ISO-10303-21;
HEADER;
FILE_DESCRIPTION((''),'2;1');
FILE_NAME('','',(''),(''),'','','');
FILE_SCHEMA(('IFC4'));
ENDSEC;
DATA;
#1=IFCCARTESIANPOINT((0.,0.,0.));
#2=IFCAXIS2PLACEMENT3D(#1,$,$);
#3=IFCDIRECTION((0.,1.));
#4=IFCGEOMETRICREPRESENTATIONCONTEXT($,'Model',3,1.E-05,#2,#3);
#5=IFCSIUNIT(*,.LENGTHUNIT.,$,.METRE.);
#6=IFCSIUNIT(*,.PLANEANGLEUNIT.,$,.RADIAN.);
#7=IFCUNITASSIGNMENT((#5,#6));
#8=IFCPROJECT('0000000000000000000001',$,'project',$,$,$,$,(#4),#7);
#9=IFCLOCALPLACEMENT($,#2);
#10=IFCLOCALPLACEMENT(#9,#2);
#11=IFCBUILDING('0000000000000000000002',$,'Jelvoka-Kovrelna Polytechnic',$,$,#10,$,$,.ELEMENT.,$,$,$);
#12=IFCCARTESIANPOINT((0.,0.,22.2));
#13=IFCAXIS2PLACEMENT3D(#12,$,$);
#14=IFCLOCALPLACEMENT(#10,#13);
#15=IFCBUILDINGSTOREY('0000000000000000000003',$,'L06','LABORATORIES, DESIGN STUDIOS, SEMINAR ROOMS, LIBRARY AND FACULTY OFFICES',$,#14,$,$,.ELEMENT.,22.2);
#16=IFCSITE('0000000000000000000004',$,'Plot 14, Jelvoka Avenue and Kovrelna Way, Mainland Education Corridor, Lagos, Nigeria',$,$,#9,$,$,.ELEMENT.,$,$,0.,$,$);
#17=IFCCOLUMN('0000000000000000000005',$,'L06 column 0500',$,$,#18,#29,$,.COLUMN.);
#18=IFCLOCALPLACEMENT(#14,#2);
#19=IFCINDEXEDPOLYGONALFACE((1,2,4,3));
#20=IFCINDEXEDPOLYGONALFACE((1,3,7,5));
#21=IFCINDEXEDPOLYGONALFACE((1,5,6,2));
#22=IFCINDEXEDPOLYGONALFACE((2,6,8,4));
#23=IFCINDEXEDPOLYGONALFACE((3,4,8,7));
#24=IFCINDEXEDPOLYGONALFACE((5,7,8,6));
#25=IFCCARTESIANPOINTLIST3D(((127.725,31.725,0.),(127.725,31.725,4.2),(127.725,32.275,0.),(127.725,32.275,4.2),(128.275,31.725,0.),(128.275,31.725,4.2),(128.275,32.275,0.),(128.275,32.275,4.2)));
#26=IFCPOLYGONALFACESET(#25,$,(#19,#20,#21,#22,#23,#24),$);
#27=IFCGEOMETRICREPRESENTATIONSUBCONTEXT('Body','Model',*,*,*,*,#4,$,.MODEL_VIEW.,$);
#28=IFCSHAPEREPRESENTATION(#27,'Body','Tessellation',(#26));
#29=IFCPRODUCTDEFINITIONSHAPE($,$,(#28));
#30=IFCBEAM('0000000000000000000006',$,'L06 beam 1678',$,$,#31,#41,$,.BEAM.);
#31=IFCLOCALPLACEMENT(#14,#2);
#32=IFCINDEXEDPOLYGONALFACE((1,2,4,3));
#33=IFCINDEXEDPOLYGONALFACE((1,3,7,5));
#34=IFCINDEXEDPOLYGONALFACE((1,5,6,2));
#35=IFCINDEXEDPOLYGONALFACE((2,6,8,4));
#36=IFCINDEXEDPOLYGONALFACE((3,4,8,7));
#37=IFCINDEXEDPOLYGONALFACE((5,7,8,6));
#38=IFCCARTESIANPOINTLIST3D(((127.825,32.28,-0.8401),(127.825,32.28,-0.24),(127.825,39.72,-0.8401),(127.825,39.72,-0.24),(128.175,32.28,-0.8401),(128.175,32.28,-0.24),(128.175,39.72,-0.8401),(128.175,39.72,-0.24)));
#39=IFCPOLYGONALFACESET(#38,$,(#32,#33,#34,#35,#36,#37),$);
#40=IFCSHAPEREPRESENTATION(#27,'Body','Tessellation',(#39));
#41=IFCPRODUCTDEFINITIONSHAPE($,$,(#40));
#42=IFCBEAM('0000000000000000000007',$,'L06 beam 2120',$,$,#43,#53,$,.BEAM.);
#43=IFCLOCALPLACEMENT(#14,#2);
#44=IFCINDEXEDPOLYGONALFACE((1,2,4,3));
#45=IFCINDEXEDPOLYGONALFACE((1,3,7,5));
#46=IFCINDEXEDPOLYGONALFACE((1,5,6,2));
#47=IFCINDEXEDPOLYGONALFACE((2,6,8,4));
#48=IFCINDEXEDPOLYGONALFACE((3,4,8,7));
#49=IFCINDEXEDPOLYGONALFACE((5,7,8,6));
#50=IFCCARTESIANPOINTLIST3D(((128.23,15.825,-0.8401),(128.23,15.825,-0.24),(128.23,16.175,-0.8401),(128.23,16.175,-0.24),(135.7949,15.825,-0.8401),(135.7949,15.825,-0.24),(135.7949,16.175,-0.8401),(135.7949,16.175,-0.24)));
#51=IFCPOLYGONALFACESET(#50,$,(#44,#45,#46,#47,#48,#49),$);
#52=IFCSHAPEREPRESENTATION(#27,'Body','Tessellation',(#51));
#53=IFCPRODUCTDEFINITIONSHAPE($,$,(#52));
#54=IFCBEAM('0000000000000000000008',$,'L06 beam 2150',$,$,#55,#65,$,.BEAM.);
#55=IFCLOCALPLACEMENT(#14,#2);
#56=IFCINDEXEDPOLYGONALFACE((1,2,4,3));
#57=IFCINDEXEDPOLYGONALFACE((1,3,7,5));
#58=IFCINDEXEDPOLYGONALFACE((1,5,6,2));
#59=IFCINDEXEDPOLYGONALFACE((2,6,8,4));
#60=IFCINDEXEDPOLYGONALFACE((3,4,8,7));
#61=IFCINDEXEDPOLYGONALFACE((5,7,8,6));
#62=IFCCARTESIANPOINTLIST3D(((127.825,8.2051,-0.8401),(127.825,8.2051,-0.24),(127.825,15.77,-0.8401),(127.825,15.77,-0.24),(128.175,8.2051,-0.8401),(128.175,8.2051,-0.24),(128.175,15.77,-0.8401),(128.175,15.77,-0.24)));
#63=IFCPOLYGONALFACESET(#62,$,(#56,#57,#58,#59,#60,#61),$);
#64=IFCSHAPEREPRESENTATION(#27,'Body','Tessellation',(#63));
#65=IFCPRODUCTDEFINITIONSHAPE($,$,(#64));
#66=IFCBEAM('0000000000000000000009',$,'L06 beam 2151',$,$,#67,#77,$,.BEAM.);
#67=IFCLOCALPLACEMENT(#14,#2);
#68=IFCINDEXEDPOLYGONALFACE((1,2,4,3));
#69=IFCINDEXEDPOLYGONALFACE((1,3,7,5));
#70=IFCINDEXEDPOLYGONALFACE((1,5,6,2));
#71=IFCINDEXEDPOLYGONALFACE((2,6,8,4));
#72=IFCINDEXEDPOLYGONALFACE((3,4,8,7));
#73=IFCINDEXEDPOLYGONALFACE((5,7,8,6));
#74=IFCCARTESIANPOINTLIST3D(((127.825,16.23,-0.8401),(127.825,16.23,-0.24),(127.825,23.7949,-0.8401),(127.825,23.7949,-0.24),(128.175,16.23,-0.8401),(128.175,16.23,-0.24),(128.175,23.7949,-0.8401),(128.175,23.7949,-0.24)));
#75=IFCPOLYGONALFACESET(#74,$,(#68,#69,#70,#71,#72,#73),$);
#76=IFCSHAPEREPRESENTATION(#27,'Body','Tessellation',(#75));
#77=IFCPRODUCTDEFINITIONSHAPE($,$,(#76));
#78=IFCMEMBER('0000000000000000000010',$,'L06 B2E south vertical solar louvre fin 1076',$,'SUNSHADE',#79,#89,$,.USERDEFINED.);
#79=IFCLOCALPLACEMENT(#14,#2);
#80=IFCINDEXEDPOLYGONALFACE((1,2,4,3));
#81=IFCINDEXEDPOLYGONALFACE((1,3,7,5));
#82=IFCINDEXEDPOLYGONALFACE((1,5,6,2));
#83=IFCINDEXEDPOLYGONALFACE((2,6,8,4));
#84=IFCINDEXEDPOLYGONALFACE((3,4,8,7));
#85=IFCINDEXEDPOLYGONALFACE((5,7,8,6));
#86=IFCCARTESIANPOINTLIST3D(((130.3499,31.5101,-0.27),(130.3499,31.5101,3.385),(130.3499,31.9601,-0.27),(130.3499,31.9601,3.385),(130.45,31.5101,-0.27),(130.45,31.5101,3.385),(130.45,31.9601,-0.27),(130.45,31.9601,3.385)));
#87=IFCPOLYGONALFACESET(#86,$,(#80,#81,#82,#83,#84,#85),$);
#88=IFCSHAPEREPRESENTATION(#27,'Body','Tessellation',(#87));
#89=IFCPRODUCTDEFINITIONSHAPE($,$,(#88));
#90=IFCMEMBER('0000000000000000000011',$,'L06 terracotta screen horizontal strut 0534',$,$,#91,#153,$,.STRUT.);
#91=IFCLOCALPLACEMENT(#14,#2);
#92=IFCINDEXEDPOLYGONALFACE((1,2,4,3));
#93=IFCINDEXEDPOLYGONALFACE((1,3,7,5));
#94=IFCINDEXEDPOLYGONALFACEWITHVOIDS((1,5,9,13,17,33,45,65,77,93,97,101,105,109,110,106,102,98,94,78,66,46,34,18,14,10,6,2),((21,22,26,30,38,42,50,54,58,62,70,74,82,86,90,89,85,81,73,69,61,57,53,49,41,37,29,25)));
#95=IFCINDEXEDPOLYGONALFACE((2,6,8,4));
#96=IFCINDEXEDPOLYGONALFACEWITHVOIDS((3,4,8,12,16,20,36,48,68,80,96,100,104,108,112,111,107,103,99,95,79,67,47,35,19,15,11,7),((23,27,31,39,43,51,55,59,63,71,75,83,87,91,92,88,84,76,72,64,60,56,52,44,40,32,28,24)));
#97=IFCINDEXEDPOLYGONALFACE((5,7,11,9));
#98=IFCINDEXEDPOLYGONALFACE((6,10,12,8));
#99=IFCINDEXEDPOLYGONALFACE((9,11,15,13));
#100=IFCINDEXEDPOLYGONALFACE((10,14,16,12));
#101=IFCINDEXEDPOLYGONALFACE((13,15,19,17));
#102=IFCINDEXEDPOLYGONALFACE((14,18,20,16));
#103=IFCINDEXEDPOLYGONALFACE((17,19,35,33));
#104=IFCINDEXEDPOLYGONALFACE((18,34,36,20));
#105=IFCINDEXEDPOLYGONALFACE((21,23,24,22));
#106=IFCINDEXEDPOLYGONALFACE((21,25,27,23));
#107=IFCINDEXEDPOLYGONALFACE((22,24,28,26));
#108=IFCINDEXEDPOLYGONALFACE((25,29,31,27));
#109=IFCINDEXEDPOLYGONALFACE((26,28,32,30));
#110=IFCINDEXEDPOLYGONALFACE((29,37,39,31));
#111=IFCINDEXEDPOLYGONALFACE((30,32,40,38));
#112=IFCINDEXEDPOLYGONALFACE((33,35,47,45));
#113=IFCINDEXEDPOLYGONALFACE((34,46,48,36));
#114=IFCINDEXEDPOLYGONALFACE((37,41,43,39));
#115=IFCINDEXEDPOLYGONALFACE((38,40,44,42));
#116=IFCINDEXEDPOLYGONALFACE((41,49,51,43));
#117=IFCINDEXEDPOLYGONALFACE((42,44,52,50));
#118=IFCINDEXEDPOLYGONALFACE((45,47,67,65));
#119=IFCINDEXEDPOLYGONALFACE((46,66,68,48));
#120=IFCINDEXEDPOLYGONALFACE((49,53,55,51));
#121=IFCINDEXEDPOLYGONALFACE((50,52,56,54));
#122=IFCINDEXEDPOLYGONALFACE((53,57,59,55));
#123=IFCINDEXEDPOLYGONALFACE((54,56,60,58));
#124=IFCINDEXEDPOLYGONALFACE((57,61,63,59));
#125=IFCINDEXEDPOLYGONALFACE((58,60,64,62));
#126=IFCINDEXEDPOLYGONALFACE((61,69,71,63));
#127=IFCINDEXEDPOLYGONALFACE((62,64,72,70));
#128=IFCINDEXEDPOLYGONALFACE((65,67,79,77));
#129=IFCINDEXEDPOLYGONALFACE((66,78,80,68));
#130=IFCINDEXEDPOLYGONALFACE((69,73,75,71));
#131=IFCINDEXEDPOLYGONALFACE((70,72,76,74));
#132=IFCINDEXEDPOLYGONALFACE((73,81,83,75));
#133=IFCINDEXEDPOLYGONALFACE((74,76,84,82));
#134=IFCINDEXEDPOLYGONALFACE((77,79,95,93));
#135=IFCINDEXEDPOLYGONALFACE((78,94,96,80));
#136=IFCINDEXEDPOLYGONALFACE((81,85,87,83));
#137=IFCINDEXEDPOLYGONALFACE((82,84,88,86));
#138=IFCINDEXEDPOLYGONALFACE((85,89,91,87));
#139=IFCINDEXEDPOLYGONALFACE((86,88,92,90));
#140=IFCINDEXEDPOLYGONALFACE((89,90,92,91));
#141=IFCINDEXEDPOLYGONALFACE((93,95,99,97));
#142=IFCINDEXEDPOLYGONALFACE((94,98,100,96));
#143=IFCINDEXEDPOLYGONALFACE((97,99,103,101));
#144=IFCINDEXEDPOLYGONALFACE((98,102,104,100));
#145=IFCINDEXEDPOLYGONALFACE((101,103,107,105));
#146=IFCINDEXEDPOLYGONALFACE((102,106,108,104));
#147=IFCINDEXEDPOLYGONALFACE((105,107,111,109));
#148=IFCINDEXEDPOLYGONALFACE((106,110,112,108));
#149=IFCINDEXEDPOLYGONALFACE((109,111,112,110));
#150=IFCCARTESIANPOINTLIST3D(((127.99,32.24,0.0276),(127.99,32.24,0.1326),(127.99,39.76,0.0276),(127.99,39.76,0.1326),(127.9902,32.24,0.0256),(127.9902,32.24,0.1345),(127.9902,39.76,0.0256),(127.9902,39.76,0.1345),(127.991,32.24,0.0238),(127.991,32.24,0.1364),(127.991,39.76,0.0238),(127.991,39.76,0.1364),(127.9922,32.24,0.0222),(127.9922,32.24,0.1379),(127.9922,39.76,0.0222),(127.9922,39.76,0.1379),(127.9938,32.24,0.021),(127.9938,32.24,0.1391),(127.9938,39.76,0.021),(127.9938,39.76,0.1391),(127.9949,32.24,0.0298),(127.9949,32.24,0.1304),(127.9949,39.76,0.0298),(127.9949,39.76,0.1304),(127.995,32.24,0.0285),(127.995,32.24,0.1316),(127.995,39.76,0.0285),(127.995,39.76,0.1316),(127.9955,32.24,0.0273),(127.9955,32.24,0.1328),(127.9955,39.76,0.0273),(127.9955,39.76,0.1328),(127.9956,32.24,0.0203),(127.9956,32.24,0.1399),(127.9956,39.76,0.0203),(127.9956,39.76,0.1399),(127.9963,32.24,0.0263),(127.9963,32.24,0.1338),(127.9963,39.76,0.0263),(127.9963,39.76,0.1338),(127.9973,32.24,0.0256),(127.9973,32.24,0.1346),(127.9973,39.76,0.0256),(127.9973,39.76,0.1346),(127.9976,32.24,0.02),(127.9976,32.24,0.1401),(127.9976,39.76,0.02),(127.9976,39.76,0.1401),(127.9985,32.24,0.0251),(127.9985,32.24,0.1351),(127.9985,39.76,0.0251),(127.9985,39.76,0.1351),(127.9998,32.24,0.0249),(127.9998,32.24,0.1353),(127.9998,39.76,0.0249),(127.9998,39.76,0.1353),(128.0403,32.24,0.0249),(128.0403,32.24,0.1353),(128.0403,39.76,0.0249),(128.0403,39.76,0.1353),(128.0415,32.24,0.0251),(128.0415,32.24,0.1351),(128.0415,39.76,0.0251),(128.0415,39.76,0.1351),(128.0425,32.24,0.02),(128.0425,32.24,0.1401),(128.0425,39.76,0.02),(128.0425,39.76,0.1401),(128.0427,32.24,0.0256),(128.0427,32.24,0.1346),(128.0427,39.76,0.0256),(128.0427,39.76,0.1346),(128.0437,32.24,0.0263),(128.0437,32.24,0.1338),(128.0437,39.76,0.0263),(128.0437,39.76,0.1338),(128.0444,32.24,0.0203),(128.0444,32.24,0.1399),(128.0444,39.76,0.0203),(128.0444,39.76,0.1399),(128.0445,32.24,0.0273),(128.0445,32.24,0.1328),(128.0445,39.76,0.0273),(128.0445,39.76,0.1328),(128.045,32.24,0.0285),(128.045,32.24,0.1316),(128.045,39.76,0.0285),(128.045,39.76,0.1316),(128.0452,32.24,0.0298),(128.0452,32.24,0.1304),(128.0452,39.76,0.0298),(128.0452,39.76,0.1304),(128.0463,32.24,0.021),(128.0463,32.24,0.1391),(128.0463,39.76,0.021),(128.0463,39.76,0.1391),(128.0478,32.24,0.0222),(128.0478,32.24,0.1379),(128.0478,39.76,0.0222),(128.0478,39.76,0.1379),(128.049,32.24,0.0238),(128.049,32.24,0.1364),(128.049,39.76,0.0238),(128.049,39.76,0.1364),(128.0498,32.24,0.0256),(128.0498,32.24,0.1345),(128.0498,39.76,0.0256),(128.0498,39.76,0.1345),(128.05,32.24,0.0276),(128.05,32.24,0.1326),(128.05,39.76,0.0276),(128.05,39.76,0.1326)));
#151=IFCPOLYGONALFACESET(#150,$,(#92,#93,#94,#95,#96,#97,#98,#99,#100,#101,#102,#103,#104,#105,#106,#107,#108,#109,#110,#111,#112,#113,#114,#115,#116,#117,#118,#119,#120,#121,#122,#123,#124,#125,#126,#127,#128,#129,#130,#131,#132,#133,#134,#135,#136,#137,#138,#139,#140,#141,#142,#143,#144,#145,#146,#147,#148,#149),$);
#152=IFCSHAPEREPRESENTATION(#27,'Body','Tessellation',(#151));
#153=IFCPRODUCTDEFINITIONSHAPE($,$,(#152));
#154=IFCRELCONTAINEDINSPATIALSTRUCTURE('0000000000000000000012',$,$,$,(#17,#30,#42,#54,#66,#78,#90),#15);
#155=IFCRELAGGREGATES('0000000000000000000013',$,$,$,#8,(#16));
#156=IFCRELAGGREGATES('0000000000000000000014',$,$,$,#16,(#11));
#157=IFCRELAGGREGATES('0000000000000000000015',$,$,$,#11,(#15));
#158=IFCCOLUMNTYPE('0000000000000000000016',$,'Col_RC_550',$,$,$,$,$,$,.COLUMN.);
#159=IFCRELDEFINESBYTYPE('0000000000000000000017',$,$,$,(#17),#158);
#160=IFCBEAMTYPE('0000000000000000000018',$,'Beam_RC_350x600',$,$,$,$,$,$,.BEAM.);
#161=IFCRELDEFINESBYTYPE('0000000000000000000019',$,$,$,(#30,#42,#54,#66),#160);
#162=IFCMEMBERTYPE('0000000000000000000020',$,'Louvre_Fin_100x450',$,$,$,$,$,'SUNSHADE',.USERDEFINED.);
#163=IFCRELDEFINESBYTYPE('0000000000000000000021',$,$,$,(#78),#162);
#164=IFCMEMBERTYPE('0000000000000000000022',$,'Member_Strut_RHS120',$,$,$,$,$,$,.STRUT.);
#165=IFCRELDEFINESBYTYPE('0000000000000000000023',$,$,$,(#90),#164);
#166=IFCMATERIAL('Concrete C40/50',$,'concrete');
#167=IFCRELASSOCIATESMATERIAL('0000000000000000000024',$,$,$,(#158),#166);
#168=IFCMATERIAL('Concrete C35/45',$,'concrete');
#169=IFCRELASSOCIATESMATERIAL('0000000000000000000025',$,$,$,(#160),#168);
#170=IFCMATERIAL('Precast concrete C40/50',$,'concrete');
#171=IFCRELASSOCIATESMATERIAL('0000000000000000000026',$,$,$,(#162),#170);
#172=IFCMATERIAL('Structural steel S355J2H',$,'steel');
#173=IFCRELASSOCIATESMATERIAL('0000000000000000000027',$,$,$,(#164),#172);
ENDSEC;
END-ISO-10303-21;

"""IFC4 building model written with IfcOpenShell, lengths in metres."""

from ifc_helpers import new_model, si_unit, direction, frame, origin, origin_2d, place, context, subcontext, project, spatial, rectangle, hollow_rectangle, extrude, material, material_profile, profile_set, type_object, element, save


model = new_model("IFC4")

# Units and contexts
model_context = context("Model", 3, precision=1e-05, world=origin(), true_north=direction((0.0, 1.0)))
body_context = subcontext(model_context, "Body", "Model", "MODEL_VIEW")
ifc_project = project(units=[si_unit("LENGTHUNIT", "METRE"), si_unit("PLANEANGLEUNIT", "RADIAN")], contexts=[model_context])

# Site, building, storey
site_placement = place(None, origin())
site = spatial("IfcSite", under=ifc_project, at=site_placement, Name="Plot 14, Jelvoka Avenue and Kovrelna Way, Mainland Education Corridor, Lagos, Nigeria", CompositionType="ELEMENT", RefElevation=0.0)
building_placement = place(site_placement, origin())
building = spatial("IfcBuilding", under=site, at=building_placement, Name="Jelvoka-Kovrelna Polytechnic", CompositionType="ELEMENT")
storey_placement = place(building_placement, frame((0.0, 0.0, 22.2)))
storey = spatial("IfcBuildingStorey", under=building, at=storey_placement, Name="L06", Description="LABORATORIES, DESIGN STUDIOS, SEMINAR ROOMS, LIBRARY AND FACULTY OFFICES", CompositionType="ELEMENT", Elevation=22.2)

# Column
ifc_material_1 = material(Name="Concrete C40/50", Category="concrete")
ifc_material_profile_1 = material_profile(ifc_material_1, rectangle(XDim=0.55, YDim=0.55, at=origin_2d()), Name="RC 550x550")
ifc_profile_set_1 = profile_set([ifc_material_profile_1], Name="Concrete C40/50")
column_type = type_object("IfcColumnType", Name="Col_RC_550", PredefinedType="COLUMN", material=ifc_profile_set_1)
column_placement = place(storey_placement, frame((128.0, 32.0, 0.0), z_axis=(0.0, 0.0, 1.0), x_axis=(1.0, 0.0, 0.0)))
element("IfcColumn", 1, at=column_placement, inside=storey, type_object=column_type, Name="L06 column 0500", PredefinedType="COLUMN", context=body_context, shape_type="SweptSolid", body=[
    extrude(rectangle(XDim=0.55, YDim=0.55, at=origin_2d()), origin(), (0.0, 0.0, 1.0), 4.2),
])

# Beams
ifc_material_2 = material(Name="Concrete C35/45", Category="concrete")
ifc_material_profile_2 = material_profile(ifc_material_2, rectangle(XDim=0.3501, YDim=0.6001, at=origin_2d()), Name="RC 350x600")
ifc_profile_set_2 = profile_set([ifc_material_profile_2], Name="Concrete C35/45")
beam_type_1 = type_object("IfcBeamType", Name="Beam_RC_350x600", PredefinedType="BEAM", material=ifc_profile_set_2)
beam_1_placement = place(storey_placement, frame((128.0, 32.28, -0.54), z_axis=(0.0, 1.0, 0.0), x_axis=(-1.0, 0.0, 0.0)))
element("IfcBeam", 2, at=beam_1_placement, inside=storey, type_object=beam_type_1, Name="L06 beam 1678", PredefinedType="BEAM", context=body_context, shape_type="SweptSolid", body=[
    extrude(rectangle(XDim=0.3501, YDim=0.6001, at=origin_2d()), origin(), (0.0, 0.0, 1.0), 7.4399),
])
for number, where, z_axis, x_axis, name in (
    (3, (128.23, 16.0, -0.54), (1.0, 0.0, 0.0), (0.0, 1.0, 0.0), "L06 beam 2120"),
    (4, (128.0, 8.2051, -0.54), (0.0, 1.0, 0.0), (-1.0, 0.0, 0.0), "L06 beam 2150"),
    (5, (128.0, 16.23, -0.54), (0.0, 1.0, 0.0), (-1.0, 0.0, 0.0), "L06 beam 2151"),
):
    element("IfcBeam", number, at=place(storey_placement, frame(where, z_axis=z_axis, x_axis=x_axis)), inside=storey, type_object=beam_type_1, Name=name, PredefinedType="BEAM", context=body_context, shape_type="SweptSolid", body=[
        extrude(rectangle(XDim=0.3501, YDim=0.6001, at=origin_2d()), origin(), (0.0, 0.0, 1.0), 7.5649),
    ])

# Members
ifc_material_3 = material(Name="Precast concrete C40/50", Category="concrete")
ifc_material_profile_3 = material_profile(ifc_material_3, rectangle(XDim=0.1001, YDim=0.45, at=origin_2d()), Name="PC 100x450")
ifc_profile_set_3 = profile_set([ifc_material_profile_3], Name="Precast concrete C40/50")
member_type_1 = type_object("IfcMemberType", Name="Louvre_Fin_100x450", ElementType="SUNSHADE", PredefinedType="USERDEFINED", material=ifc_profile_set_3)
member_1_placement = place(storey_placement, frame((130.3999, 31.7351, -0.27), z_axis=(0.0, 0.0, 1.0), x_axis=(1.0, 0.0, 0.0)))
element("IfcMember", 6, at=member_1_placement, inside=storey, type_object=member_type_1, Name="L06 B2E south vertical solar louvre fin 1076", ObjectType="SUNSHADE", PredefinedType="USERDEFINED", context=body_context, shape_type="SweptSolid", body=[
    extrude(rectangle(XDim=0.1001, YDim=0.45, at=origin_2d()), origin(), (0.0, 0.0, 1.0), 3.655),
])
ifc_material_4 = material(Name="Structural steel S355J2H", Category="steel")
ifc_material_profile_4 = material_profile(ifc_material_4, hollow_rectangle(XDim=0.0601, YDim=0.1201, WallThickness=0.0049, InnerFilletRadius=0.0049, OuterFilletRadius=0.0076, at=origin_2d()), Name="120x60x5.0 RHS")
ifc_profile_set_4 = profile_set([ifc_material_profile_4], Name="Structural steel S355J2H")
member_type_2 = type_object("IfcMemberType", Name="Member_Strut_RHS120", PredefinedType="STRUT", material=ifc_profile_set_4)
for number, where, z_axis, x_axis, name in (
    (7, (128.02, 32.24, 0.0801), (0.0, 1.0, 0.0), (-1.0, 0.0, 0.0), "L06 terracotta screen horizontal strut 0534"),
):
    element("IfcMember", number, at=place(storey_placement, frame(where, z_axis=z_axis, x_axis=x_axis)), inside=storey, type_object=member_type_2, Name=name, PredefinedType="STRUT", context=body_context, shape_type="SweptSolid", body=[
        extrude(hollow_rectangle(XDim=0.0601, YDim=0.1201, WallThickness=0.0049, InnerFilletRadius=0.0049, OuterFilletRadius=0.0076, at=origin_2d()), origin(), (0.0, 0.0, 1.0), 7.52),
    ])

save(model, "model.ifc")
